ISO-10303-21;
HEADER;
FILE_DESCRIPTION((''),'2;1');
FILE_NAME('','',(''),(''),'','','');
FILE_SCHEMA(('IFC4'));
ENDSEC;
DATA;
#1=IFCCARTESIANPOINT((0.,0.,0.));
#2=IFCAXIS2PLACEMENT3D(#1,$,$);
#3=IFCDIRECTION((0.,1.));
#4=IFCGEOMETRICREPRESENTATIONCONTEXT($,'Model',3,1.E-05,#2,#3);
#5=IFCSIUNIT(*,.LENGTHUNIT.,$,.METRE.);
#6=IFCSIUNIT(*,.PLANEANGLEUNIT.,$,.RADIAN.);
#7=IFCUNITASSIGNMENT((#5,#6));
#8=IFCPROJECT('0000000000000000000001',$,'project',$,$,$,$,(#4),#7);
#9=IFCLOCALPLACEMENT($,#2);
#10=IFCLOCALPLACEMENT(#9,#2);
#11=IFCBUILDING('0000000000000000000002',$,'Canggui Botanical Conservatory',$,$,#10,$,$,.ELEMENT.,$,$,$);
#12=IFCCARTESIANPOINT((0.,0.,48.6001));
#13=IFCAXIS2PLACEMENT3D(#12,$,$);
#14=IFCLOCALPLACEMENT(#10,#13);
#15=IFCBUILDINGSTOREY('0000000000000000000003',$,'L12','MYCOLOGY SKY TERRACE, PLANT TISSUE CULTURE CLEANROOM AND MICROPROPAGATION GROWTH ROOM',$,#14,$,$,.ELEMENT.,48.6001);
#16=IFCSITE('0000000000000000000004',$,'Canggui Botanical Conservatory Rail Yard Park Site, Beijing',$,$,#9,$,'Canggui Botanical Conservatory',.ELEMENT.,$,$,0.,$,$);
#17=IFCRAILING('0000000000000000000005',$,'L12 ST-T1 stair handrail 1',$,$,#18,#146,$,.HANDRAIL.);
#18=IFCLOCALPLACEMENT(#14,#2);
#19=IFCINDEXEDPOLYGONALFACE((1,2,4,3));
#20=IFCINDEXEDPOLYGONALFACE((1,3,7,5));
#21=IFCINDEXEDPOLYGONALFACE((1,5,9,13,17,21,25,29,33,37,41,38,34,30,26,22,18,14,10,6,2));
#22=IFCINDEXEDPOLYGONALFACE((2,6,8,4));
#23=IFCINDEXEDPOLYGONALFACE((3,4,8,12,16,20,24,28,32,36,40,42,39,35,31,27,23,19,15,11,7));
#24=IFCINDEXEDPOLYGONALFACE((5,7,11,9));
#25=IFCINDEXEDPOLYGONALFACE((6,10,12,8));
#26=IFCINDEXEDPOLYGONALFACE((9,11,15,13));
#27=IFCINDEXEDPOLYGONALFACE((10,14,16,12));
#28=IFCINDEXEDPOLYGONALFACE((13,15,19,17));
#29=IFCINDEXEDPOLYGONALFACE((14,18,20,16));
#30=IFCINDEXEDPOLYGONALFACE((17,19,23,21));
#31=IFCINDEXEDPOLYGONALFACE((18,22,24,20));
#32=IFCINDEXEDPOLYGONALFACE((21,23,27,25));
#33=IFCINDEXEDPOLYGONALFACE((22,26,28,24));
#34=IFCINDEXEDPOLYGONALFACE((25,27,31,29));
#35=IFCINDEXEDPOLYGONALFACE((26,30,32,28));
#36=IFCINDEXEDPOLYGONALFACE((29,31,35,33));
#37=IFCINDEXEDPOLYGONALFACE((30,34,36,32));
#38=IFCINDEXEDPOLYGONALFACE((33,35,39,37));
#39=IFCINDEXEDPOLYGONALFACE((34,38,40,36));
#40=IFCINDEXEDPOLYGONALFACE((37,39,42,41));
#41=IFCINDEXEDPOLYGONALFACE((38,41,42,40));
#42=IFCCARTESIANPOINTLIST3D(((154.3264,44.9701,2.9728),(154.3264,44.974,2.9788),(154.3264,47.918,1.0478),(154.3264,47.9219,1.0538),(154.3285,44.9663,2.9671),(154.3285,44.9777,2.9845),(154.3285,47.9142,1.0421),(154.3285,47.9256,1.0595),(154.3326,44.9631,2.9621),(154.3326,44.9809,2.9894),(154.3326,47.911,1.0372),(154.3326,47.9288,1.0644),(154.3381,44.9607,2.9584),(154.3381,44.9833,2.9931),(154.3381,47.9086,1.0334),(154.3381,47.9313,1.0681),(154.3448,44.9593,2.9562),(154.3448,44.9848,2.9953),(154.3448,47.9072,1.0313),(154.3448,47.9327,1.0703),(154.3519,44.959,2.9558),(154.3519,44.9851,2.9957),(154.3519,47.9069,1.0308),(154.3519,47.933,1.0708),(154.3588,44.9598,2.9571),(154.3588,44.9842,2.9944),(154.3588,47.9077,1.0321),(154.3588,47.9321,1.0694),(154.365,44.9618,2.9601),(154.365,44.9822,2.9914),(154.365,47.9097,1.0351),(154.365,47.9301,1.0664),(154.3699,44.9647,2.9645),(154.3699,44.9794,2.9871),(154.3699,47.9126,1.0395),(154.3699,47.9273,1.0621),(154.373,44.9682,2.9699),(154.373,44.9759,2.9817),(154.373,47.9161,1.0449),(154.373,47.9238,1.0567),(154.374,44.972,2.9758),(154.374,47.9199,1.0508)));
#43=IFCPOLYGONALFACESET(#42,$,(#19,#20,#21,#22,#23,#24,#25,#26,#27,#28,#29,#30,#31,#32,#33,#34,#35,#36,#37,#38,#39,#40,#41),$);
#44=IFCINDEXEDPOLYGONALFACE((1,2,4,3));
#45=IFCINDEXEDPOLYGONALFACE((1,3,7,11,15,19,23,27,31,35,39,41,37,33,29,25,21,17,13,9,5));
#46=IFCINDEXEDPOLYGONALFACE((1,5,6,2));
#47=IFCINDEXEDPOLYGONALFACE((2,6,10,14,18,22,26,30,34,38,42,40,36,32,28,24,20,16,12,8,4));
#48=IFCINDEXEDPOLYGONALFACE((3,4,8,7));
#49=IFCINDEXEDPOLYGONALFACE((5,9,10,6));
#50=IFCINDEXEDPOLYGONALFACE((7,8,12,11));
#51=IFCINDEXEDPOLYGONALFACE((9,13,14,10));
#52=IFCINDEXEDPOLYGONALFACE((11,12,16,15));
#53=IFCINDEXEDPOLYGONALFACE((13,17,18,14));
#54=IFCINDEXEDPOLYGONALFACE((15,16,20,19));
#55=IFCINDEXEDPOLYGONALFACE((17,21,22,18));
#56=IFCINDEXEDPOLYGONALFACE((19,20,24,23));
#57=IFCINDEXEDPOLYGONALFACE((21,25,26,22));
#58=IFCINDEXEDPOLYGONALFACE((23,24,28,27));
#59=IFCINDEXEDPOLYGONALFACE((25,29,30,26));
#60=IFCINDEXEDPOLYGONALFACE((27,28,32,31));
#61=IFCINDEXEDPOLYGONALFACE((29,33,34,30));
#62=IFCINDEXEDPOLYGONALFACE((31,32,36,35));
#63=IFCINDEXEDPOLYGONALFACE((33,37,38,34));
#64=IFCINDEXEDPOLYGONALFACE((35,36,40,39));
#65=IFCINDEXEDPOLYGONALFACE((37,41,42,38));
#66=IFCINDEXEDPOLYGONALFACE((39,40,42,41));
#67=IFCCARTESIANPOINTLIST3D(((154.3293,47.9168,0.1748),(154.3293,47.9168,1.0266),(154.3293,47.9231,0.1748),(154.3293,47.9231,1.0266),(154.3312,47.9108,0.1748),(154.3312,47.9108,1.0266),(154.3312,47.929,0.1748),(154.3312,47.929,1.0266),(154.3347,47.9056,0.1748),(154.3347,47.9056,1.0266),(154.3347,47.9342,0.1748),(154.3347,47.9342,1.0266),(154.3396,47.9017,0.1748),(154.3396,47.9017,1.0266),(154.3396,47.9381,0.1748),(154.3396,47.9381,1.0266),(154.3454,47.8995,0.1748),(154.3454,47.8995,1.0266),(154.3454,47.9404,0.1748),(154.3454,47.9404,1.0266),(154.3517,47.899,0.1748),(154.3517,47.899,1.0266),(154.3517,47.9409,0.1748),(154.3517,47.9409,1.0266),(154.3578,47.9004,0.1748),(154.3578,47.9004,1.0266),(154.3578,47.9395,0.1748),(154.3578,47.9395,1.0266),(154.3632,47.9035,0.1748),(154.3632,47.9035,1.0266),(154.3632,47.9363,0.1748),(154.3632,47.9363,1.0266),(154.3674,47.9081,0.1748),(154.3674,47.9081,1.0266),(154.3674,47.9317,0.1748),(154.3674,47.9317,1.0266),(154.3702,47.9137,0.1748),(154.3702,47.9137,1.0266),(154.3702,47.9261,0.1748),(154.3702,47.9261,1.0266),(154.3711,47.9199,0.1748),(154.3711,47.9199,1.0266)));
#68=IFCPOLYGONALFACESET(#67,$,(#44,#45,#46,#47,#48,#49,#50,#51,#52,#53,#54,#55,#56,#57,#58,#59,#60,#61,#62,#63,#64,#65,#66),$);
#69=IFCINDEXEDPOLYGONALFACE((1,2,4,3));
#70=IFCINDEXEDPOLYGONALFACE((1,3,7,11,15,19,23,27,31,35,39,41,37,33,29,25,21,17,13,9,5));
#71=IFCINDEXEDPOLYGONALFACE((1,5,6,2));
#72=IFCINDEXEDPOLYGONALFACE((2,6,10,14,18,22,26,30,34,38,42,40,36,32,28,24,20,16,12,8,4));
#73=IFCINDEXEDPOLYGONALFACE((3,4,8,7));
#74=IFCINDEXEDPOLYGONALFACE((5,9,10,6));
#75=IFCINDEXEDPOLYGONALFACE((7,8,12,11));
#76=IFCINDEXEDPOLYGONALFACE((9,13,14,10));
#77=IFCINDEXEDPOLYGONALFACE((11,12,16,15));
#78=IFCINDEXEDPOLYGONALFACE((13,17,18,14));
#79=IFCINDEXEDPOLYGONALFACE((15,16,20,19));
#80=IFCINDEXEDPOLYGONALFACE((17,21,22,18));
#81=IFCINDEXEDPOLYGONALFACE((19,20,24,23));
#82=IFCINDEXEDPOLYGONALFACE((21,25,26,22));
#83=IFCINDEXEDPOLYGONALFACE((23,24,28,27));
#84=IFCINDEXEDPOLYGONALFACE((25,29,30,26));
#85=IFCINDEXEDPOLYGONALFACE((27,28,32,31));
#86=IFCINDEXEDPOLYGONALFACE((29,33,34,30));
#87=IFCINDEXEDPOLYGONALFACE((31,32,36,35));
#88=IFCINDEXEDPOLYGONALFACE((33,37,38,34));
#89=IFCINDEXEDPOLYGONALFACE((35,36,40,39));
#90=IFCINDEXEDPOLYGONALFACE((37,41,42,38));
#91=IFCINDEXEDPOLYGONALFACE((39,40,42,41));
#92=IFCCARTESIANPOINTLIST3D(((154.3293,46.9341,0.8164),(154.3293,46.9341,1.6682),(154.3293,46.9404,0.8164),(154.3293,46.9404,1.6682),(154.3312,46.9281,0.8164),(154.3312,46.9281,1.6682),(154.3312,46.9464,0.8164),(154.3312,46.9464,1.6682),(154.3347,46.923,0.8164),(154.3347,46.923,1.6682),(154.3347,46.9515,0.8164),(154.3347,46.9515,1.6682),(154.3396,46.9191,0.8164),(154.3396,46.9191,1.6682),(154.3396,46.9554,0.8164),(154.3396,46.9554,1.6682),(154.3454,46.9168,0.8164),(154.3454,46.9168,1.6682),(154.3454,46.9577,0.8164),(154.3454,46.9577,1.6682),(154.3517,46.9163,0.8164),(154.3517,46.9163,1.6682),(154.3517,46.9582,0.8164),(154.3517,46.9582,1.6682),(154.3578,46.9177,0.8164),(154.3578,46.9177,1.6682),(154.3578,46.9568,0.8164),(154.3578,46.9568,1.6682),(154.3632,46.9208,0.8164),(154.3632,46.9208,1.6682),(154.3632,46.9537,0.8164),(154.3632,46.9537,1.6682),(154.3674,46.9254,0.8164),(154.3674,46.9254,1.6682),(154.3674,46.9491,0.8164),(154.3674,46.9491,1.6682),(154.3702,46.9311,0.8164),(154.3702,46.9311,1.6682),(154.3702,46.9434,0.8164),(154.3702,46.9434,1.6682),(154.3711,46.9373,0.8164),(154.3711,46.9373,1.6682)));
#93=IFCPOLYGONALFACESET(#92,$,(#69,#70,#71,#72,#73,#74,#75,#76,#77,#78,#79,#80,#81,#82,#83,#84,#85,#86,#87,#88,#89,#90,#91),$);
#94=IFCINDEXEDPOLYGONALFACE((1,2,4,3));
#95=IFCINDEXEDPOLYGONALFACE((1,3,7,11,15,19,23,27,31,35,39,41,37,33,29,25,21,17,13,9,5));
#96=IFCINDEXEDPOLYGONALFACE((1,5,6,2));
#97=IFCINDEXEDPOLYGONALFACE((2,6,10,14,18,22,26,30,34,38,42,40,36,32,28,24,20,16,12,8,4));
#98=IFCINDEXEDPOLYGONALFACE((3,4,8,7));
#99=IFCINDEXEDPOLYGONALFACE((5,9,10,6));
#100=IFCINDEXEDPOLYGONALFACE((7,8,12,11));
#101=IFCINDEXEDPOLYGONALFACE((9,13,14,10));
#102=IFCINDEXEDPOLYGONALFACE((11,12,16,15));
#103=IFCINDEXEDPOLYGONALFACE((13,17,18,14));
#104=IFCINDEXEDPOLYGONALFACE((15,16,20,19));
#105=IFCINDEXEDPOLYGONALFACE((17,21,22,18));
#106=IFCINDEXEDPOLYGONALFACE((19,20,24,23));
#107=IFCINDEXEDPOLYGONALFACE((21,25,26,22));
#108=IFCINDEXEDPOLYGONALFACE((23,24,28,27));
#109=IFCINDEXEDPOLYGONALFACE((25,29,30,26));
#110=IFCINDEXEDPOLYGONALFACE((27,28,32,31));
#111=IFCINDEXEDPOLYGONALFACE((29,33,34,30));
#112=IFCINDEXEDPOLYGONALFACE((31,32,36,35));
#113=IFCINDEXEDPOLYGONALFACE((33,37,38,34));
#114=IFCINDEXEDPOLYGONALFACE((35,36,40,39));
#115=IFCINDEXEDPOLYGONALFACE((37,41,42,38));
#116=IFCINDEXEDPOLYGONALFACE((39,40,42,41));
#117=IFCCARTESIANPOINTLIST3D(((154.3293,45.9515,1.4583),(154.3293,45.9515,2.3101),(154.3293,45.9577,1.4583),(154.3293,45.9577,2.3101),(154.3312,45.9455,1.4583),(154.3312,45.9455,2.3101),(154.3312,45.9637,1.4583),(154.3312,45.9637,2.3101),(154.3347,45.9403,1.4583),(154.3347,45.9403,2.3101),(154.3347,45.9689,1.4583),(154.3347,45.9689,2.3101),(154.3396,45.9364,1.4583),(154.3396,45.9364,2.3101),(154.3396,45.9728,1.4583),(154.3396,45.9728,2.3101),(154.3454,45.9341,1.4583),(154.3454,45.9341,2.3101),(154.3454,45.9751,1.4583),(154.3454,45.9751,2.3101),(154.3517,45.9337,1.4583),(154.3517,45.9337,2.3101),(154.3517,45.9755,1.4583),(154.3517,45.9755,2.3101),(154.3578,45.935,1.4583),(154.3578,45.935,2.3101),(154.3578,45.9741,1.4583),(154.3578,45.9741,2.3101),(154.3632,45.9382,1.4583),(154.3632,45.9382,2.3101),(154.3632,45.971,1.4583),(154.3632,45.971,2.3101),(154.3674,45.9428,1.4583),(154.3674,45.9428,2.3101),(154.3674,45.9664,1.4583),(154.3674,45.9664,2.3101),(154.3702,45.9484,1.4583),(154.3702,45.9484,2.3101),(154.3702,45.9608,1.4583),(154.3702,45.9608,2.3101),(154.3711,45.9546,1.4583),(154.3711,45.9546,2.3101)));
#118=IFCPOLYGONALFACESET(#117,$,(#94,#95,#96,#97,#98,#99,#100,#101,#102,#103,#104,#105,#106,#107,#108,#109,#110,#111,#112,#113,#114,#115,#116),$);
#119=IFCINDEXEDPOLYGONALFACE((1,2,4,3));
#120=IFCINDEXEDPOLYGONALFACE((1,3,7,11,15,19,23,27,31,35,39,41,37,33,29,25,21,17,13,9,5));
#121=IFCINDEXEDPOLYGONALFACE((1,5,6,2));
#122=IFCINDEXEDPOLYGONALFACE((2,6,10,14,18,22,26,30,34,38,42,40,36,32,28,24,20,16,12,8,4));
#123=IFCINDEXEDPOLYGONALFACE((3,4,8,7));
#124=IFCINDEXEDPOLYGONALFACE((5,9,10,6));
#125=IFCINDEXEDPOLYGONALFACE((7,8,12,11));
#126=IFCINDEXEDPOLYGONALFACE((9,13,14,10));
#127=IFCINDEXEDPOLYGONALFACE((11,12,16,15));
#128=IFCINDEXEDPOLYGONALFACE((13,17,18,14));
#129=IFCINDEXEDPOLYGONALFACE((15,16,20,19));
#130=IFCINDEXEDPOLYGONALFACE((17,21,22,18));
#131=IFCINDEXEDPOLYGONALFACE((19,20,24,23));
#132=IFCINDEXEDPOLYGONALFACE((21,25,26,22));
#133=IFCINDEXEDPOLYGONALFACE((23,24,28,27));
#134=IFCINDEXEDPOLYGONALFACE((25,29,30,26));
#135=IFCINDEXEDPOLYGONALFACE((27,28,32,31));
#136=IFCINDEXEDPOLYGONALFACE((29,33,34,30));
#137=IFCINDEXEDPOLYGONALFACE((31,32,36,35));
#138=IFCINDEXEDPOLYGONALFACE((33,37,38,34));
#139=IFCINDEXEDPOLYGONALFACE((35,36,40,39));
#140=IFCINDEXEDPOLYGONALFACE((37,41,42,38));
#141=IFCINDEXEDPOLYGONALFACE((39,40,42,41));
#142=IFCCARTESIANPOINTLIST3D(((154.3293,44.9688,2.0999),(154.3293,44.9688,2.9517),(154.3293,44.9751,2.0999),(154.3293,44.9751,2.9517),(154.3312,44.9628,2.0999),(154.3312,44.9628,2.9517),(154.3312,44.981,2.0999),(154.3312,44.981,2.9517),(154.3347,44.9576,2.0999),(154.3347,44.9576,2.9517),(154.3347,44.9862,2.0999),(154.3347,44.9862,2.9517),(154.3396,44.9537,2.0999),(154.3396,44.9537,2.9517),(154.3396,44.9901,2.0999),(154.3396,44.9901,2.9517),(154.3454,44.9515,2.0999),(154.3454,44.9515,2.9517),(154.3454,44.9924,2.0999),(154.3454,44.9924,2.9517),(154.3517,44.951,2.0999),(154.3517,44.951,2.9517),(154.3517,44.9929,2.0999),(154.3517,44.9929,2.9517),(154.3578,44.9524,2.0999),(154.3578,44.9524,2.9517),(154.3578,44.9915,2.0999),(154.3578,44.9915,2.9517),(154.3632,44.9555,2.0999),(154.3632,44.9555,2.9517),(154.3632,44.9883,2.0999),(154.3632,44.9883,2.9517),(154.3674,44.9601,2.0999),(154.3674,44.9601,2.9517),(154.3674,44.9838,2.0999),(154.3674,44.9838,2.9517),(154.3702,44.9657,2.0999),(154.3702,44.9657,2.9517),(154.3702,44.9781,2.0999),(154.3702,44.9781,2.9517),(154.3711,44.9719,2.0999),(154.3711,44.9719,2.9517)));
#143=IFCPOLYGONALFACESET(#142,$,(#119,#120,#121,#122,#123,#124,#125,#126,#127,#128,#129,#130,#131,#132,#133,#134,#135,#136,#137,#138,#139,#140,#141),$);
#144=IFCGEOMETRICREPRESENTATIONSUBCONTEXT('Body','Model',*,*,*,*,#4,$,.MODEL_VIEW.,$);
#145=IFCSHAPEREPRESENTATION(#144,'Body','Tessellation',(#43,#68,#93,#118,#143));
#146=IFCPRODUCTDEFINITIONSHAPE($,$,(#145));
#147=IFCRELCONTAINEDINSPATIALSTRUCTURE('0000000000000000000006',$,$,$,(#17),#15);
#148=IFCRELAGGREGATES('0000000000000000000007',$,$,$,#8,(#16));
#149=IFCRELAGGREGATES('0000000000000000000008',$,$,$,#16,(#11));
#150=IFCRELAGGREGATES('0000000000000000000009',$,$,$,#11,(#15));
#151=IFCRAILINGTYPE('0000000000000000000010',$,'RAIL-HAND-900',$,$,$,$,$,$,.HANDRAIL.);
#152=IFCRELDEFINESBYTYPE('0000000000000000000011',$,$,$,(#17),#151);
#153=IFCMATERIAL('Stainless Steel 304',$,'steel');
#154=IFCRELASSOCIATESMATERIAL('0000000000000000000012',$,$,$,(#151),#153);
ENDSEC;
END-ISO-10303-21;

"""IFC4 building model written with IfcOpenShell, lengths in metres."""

from ifc_helpers import new_model, si_unit, direction, frame, origin, origin_2d, place, context, subcontext, project, spatial, circle, extrude, material, type_object, element, save


model = new_model("IFC4")

# Units and contexts
model_context = context("Model", 3, precision=1e-05, world=origin(), true_north=direction((0.0, 1.0)))
body_context = subcontext(model_context, "Body", "Model", "MODEL_VIEW")
ifc_project = project(units=[si_unit("LENGTHUNIT", "METRE"), si_unit("PLANEANGLEUNIT", "RADIAN")], contexts=[model_context])

# Site, building, storey
site_placement = place(None, origin())
site = spatial("IfcSite", under=ifc_project, at=site_placement, Name="Canggui Botanical Conservatory Rail Yard Park Site, Beijing", LongName="Canggui Botanical Conservatory", CompositionType="ELEMENT", RefElevation=0.0)
building_placement = place(site_placement, origin())
building = spatial("IfcBuilding", under=site, at=building_placement, Name="Canggui Botanical Conservatory", CompositionType="ELEMENT")
storey_placement = place(building_placement, frame((0.0, 0.0, 48.6001)))
storey = spatial("IfcBuildingStorey", under=building, at=storey_placement, Name="L12", Description="MYCOLOGY SKY TERRACE, PLANT TISSUE CULTURE CLEANROOM AND MICROPROPAGATION GROWTH ROOM", CompositionType="ELEMENT", Elevation=48.6001)

# Shared definitions
ifc_material_1 = material(Name="Stainless Steel 304", Category="steel")

# Railing
railing_type_1 = type_object("IfcRailingType", Name="RAIL-HAND-900", PredefinedType="HANDRAIL", material=ifc_material_1)
railing_1_placement = place(storey_placement, frame((154.3501, 47.9199, 0.1748)))
element("IfcRailing", 1, at=railing_1_placement, inside=storey, type_object=railing_type_1, Name="L12 ST-T1 stair handrail 1", PredefinedType="HANDRAIL", context=body_context, shape_type="SweptSolid", body=[
    extrude(circle(Radius=0.0239, at=origin_2d()), frame((0.0, 0.0, 0.876), z_axis=(0.0, -0.837293, 0.546754), x_axis=(1.0, 0.0, 0.0)), (0.0, 0.0, 1.0), 3.5208),
    extrude(circle(Radius=0.021, at=origin_2d()), origin(), (0.0, 0.0, 1.0), 0.8518),
    extrude(circle(Radius=0.021, at=origin_2d()), frame((0.0, -0.9827, 0.6416)), (0.0, 0.0, 1.0), 0.8518),
    extrude(circle(Radius=0.021, at=origin_2d()), frame((0.0, -1.9653, 1.2834)), (0.0, 0.0, 1.0), 0.8518),
    extrude(circle(Radius=0.021, at=origin_2d()), frame((0.0, -2.948, 1.925)), (0.0, 0.0, 1.0), 0.8518),
])

save(model, "model.ifc")
